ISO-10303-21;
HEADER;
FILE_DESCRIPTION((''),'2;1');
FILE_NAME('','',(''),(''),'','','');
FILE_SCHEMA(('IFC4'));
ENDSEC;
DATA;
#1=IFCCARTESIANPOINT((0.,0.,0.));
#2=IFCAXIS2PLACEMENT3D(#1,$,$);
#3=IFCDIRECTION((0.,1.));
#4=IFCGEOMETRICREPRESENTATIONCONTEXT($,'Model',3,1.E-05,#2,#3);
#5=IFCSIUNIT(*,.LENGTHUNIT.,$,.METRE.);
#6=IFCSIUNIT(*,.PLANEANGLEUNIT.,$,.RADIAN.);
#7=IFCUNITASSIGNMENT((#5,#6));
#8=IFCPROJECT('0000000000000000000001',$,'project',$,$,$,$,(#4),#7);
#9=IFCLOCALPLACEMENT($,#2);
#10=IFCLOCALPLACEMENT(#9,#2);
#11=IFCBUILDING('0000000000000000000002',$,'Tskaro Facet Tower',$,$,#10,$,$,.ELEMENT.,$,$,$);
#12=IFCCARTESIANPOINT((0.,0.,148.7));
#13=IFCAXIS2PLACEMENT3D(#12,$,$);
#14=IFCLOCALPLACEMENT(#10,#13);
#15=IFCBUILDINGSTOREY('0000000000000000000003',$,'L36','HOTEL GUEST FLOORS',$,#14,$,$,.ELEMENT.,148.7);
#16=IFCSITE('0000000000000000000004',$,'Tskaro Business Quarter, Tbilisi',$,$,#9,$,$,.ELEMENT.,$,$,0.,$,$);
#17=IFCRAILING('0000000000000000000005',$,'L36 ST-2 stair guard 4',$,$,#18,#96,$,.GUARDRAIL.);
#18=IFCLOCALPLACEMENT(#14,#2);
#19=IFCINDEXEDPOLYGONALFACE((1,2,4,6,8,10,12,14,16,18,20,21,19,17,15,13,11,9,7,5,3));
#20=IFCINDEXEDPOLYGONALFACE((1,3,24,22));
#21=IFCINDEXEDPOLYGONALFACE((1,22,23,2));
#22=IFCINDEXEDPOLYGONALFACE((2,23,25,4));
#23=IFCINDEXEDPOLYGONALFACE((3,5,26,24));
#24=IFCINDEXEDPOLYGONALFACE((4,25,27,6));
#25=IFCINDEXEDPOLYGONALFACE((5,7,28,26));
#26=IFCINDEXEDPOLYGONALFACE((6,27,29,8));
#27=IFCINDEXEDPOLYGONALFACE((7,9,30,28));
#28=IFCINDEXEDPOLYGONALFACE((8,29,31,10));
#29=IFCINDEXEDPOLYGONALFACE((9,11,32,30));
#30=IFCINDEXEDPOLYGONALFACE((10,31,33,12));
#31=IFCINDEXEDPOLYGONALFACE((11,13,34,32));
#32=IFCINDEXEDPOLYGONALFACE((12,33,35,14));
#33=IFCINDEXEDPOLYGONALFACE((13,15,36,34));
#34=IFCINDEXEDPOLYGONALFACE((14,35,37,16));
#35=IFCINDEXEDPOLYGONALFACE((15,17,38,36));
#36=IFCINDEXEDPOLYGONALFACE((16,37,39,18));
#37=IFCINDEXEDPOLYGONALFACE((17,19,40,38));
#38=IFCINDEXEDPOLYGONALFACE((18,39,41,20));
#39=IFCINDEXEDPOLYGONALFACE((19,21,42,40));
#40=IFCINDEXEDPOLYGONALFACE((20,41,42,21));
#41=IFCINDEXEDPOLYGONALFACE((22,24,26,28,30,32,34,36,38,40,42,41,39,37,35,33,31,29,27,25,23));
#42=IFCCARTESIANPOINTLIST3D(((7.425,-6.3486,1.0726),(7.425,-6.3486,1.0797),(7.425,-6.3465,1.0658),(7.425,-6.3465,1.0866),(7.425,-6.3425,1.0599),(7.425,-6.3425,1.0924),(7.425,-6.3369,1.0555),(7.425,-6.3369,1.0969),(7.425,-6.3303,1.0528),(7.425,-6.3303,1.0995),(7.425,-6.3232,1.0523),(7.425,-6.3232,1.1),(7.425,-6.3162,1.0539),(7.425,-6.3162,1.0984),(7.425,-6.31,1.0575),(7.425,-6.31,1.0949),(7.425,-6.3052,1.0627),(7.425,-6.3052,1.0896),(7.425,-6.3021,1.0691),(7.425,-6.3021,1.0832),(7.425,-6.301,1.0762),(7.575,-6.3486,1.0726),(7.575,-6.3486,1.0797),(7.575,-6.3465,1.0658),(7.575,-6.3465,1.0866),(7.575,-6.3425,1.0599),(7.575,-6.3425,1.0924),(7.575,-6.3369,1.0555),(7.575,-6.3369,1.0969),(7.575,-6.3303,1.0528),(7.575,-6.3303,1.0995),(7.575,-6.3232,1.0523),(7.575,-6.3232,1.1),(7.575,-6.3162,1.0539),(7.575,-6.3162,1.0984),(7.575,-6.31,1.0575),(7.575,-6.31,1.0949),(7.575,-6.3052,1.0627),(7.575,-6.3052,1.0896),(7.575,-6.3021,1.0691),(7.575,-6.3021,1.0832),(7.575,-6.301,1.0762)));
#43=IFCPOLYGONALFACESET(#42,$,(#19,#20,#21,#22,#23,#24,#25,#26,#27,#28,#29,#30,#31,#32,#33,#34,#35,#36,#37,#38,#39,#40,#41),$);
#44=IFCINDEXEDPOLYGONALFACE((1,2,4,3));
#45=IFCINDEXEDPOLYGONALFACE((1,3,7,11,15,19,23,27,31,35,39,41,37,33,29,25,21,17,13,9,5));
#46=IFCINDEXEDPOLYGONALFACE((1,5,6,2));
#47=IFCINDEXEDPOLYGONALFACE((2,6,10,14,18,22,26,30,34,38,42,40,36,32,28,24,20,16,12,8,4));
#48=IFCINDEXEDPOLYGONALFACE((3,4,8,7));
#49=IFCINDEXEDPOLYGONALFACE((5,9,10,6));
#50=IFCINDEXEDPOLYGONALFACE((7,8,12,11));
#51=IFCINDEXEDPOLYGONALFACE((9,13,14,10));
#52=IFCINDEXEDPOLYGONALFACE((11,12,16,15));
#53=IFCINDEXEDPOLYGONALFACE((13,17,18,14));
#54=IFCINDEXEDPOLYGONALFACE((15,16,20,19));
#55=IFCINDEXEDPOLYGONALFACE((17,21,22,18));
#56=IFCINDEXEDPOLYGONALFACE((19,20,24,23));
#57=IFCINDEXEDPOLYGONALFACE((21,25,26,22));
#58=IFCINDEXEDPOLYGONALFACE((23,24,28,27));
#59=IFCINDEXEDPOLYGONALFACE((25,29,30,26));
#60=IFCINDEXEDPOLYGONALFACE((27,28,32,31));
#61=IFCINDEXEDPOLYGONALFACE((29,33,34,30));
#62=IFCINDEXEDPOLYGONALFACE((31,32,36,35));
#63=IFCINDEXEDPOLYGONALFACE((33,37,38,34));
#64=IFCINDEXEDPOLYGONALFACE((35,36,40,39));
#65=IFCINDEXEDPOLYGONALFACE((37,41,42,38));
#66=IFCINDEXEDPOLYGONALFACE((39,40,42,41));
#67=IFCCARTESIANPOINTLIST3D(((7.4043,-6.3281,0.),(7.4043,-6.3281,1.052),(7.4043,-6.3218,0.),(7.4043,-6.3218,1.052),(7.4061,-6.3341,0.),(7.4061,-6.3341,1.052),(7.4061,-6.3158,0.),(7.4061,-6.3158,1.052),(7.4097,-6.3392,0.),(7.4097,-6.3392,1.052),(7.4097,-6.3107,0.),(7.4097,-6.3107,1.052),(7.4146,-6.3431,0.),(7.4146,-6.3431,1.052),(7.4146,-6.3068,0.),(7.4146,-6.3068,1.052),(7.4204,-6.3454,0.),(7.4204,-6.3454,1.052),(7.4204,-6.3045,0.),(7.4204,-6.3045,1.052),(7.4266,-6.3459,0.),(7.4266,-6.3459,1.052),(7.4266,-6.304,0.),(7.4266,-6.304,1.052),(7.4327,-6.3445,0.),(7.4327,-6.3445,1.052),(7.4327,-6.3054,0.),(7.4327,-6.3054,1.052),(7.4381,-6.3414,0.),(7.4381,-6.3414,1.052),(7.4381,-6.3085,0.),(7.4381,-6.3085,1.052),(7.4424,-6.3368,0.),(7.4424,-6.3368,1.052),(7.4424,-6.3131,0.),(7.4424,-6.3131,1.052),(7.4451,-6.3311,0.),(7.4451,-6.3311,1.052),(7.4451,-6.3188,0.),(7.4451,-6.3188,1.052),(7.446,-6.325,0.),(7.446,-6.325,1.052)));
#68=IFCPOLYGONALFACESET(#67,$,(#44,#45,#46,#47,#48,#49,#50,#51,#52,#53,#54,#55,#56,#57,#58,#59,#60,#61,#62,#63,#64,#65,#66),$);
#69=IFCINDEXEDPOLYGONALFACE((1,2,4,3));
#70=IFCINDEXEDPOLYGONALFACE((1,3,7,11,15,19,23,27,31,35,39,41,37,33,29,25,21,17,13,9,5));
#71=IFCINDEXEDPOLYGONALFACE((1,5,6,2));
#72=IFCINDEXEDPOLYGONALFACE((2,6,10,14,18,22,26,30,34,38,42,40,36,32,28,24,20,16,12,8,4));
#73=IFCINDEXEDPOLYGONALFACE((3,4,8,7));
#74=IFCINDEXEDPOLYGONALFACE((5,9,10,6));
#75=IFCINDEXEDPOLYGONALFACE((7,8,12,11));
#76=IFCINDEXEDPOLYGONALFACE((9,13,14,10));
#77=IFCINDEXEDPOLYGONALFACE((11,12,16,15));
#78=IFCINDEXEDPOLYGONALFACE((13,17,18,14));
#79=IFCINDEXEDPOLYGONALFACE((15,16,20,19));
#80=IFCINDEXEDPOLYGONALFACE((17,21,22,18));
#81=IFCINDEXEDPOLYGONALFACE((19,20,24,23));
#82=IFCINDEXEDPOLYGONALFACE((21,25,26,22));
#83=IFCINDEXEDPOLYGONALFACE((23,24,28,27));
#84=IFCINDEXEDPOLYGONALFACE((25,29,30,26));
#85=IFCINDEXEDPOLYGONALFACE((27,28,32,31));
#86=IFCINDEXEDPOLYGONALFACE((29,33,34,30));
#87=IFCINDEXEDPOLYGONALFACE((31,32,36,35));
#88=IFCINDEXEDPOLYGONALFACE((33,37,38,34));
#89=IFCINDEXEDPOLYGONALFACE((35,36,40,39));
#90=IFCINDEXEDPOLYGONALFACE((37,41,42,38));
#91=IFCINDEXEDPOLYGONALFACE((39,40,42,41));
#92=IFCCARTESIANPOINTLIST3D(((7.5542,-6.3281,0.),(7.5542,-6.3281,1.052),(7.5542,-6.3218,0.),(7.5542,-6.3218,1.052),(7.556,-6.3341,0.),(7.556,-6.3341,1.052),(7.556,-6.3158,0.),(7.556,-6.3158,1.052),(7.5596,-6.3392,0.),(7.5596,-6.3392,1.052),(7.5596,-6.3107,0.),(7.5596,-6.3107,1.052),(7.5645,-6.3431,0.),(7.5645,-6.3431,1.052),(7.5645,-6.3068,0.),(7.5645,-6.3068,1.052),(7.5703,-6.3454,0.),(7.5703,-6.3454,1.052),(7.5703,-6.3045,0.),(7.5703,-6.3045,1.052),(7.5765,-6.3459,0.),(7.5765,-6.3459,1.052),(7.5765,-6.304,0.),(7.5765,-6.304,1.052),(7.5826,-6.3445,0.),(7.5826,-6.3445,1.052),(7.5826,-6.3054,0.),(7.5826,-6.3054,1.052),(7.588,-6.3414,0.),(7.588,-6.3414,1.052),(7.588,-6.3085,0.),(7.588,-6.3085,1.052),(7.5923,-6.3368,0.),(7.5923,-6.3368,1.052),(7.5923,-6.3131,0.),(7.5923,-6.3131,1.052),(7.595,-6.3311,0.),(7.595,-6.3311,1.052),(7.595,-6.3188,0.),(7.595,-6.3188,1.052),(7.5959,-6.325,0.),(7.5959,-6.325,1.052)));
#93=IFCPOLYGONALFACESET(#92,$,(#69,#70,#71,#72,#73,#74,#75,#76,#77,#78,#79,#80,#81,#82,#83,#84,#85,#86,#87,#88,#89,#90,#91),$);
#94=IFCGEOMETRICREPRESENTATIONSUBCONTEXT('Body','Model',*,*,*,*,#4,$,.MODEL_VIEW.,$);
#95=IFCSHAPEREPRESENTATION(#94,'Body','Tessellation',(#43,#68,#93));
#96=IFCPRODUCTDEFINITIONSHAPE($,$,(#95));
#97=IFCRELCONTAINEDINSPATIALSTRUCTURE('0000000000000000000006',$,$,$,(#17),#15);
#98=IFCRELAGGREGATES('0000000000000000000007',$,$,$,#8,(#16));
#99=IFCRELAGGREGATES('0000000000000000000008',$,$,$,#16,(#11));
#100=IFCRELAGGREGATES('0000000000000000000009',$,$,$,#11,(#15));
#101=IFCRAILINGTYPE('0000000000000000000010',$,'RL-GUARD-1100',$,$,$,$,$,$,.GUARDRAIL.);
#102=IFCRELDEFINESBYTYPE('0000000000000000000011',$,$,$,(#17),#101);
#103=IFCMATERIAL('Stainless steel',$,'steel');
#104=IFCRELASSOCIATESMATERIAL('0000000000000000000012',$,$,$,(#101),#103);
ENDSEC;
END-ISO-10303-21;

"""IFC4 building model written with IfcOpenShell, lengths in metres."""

from ifc_helpers import new_model, si_unit, direction, frame, origin, origin_2d, place, context, subcontext, project, spatial, circle, extrude, material, type_object, element, save


model = new_model("IFC4")

# Units and contexts
model_context = context("Model", 3, precision=1e-05, world=origin(), true_north=direction((0.0, 1.0)))
body_context = subcontext(model_context, "Body", "Model", "MODEL_VIEW")
ifc_project = project(units=[si_unit("LENGTHUNIT", "METRE"), si_unit("PLANEANGLEUNIT", "RADIAN")], contexts=[model_context])

# Site, building, storey
site_placement = place(None, origin())
site = spatial("IfcSite", under=ifc_project, at=site_placement, Name="Tskaro Business Quarter, Tbilisi", CompositionType="ELEMENT", RefElevation=0.0)
building_placement = place(site_placement, origin())
building = spatial("IfcBuilding", under=site, at=building_placement, Name="Tskaro Facet Tower", CompositionType="ELEMENT")
storey_placement = place(building_placement, frame((0.0, 0.0, 148.7)))
storey = spatial("IfcBuildingStorey", under=building, at=storey_placement, Name="L36", Description="HOTEL GUEST FLOORS", CompositionType="ELEMENT", Elevation=148.7)

# Railing
ifc_material_1 = material(Name="Stainless steel", Category="steel")
railing_type_1 = type_object("IfcRailingType", Name="RL-GUARD-1100", PredefinedType="GUARDRAIL", material=ifc_material_1)
railing_1_placement = place(storey_placement, frame((7.425, -6.325, 0.0)))
element("IfcRailing", 1, at=railing_1_placement, inside=storey, type_object=railing_type_1, Name="L36 ST-2 stair guard 4", PredefinedType="GUARDRAIL", context=body_context, shape_type="SweptSolid", body=[
    extrude(circle(Radius=0.0239, at=origin_2d()), frame((0.0, 0.0, 1.0762), z_axis=(1.0, 0.0, 0.0), x_axis=(0.0, 1.0, 0.0)), (0.0, 0.0, 1.0), 0.1499),
    extrude(circle(Radius=0.021, at=origin_2d()), origin(), (0.0, 0.0, 1.0), 1.052),
    extrude(circle(Radius=0.021, at=origin_2d()), frame((0.1499, 0.0, 0.0)), (0.0, 0.0, 1.0), 1.052),
])

save(model, "model.ifc")
